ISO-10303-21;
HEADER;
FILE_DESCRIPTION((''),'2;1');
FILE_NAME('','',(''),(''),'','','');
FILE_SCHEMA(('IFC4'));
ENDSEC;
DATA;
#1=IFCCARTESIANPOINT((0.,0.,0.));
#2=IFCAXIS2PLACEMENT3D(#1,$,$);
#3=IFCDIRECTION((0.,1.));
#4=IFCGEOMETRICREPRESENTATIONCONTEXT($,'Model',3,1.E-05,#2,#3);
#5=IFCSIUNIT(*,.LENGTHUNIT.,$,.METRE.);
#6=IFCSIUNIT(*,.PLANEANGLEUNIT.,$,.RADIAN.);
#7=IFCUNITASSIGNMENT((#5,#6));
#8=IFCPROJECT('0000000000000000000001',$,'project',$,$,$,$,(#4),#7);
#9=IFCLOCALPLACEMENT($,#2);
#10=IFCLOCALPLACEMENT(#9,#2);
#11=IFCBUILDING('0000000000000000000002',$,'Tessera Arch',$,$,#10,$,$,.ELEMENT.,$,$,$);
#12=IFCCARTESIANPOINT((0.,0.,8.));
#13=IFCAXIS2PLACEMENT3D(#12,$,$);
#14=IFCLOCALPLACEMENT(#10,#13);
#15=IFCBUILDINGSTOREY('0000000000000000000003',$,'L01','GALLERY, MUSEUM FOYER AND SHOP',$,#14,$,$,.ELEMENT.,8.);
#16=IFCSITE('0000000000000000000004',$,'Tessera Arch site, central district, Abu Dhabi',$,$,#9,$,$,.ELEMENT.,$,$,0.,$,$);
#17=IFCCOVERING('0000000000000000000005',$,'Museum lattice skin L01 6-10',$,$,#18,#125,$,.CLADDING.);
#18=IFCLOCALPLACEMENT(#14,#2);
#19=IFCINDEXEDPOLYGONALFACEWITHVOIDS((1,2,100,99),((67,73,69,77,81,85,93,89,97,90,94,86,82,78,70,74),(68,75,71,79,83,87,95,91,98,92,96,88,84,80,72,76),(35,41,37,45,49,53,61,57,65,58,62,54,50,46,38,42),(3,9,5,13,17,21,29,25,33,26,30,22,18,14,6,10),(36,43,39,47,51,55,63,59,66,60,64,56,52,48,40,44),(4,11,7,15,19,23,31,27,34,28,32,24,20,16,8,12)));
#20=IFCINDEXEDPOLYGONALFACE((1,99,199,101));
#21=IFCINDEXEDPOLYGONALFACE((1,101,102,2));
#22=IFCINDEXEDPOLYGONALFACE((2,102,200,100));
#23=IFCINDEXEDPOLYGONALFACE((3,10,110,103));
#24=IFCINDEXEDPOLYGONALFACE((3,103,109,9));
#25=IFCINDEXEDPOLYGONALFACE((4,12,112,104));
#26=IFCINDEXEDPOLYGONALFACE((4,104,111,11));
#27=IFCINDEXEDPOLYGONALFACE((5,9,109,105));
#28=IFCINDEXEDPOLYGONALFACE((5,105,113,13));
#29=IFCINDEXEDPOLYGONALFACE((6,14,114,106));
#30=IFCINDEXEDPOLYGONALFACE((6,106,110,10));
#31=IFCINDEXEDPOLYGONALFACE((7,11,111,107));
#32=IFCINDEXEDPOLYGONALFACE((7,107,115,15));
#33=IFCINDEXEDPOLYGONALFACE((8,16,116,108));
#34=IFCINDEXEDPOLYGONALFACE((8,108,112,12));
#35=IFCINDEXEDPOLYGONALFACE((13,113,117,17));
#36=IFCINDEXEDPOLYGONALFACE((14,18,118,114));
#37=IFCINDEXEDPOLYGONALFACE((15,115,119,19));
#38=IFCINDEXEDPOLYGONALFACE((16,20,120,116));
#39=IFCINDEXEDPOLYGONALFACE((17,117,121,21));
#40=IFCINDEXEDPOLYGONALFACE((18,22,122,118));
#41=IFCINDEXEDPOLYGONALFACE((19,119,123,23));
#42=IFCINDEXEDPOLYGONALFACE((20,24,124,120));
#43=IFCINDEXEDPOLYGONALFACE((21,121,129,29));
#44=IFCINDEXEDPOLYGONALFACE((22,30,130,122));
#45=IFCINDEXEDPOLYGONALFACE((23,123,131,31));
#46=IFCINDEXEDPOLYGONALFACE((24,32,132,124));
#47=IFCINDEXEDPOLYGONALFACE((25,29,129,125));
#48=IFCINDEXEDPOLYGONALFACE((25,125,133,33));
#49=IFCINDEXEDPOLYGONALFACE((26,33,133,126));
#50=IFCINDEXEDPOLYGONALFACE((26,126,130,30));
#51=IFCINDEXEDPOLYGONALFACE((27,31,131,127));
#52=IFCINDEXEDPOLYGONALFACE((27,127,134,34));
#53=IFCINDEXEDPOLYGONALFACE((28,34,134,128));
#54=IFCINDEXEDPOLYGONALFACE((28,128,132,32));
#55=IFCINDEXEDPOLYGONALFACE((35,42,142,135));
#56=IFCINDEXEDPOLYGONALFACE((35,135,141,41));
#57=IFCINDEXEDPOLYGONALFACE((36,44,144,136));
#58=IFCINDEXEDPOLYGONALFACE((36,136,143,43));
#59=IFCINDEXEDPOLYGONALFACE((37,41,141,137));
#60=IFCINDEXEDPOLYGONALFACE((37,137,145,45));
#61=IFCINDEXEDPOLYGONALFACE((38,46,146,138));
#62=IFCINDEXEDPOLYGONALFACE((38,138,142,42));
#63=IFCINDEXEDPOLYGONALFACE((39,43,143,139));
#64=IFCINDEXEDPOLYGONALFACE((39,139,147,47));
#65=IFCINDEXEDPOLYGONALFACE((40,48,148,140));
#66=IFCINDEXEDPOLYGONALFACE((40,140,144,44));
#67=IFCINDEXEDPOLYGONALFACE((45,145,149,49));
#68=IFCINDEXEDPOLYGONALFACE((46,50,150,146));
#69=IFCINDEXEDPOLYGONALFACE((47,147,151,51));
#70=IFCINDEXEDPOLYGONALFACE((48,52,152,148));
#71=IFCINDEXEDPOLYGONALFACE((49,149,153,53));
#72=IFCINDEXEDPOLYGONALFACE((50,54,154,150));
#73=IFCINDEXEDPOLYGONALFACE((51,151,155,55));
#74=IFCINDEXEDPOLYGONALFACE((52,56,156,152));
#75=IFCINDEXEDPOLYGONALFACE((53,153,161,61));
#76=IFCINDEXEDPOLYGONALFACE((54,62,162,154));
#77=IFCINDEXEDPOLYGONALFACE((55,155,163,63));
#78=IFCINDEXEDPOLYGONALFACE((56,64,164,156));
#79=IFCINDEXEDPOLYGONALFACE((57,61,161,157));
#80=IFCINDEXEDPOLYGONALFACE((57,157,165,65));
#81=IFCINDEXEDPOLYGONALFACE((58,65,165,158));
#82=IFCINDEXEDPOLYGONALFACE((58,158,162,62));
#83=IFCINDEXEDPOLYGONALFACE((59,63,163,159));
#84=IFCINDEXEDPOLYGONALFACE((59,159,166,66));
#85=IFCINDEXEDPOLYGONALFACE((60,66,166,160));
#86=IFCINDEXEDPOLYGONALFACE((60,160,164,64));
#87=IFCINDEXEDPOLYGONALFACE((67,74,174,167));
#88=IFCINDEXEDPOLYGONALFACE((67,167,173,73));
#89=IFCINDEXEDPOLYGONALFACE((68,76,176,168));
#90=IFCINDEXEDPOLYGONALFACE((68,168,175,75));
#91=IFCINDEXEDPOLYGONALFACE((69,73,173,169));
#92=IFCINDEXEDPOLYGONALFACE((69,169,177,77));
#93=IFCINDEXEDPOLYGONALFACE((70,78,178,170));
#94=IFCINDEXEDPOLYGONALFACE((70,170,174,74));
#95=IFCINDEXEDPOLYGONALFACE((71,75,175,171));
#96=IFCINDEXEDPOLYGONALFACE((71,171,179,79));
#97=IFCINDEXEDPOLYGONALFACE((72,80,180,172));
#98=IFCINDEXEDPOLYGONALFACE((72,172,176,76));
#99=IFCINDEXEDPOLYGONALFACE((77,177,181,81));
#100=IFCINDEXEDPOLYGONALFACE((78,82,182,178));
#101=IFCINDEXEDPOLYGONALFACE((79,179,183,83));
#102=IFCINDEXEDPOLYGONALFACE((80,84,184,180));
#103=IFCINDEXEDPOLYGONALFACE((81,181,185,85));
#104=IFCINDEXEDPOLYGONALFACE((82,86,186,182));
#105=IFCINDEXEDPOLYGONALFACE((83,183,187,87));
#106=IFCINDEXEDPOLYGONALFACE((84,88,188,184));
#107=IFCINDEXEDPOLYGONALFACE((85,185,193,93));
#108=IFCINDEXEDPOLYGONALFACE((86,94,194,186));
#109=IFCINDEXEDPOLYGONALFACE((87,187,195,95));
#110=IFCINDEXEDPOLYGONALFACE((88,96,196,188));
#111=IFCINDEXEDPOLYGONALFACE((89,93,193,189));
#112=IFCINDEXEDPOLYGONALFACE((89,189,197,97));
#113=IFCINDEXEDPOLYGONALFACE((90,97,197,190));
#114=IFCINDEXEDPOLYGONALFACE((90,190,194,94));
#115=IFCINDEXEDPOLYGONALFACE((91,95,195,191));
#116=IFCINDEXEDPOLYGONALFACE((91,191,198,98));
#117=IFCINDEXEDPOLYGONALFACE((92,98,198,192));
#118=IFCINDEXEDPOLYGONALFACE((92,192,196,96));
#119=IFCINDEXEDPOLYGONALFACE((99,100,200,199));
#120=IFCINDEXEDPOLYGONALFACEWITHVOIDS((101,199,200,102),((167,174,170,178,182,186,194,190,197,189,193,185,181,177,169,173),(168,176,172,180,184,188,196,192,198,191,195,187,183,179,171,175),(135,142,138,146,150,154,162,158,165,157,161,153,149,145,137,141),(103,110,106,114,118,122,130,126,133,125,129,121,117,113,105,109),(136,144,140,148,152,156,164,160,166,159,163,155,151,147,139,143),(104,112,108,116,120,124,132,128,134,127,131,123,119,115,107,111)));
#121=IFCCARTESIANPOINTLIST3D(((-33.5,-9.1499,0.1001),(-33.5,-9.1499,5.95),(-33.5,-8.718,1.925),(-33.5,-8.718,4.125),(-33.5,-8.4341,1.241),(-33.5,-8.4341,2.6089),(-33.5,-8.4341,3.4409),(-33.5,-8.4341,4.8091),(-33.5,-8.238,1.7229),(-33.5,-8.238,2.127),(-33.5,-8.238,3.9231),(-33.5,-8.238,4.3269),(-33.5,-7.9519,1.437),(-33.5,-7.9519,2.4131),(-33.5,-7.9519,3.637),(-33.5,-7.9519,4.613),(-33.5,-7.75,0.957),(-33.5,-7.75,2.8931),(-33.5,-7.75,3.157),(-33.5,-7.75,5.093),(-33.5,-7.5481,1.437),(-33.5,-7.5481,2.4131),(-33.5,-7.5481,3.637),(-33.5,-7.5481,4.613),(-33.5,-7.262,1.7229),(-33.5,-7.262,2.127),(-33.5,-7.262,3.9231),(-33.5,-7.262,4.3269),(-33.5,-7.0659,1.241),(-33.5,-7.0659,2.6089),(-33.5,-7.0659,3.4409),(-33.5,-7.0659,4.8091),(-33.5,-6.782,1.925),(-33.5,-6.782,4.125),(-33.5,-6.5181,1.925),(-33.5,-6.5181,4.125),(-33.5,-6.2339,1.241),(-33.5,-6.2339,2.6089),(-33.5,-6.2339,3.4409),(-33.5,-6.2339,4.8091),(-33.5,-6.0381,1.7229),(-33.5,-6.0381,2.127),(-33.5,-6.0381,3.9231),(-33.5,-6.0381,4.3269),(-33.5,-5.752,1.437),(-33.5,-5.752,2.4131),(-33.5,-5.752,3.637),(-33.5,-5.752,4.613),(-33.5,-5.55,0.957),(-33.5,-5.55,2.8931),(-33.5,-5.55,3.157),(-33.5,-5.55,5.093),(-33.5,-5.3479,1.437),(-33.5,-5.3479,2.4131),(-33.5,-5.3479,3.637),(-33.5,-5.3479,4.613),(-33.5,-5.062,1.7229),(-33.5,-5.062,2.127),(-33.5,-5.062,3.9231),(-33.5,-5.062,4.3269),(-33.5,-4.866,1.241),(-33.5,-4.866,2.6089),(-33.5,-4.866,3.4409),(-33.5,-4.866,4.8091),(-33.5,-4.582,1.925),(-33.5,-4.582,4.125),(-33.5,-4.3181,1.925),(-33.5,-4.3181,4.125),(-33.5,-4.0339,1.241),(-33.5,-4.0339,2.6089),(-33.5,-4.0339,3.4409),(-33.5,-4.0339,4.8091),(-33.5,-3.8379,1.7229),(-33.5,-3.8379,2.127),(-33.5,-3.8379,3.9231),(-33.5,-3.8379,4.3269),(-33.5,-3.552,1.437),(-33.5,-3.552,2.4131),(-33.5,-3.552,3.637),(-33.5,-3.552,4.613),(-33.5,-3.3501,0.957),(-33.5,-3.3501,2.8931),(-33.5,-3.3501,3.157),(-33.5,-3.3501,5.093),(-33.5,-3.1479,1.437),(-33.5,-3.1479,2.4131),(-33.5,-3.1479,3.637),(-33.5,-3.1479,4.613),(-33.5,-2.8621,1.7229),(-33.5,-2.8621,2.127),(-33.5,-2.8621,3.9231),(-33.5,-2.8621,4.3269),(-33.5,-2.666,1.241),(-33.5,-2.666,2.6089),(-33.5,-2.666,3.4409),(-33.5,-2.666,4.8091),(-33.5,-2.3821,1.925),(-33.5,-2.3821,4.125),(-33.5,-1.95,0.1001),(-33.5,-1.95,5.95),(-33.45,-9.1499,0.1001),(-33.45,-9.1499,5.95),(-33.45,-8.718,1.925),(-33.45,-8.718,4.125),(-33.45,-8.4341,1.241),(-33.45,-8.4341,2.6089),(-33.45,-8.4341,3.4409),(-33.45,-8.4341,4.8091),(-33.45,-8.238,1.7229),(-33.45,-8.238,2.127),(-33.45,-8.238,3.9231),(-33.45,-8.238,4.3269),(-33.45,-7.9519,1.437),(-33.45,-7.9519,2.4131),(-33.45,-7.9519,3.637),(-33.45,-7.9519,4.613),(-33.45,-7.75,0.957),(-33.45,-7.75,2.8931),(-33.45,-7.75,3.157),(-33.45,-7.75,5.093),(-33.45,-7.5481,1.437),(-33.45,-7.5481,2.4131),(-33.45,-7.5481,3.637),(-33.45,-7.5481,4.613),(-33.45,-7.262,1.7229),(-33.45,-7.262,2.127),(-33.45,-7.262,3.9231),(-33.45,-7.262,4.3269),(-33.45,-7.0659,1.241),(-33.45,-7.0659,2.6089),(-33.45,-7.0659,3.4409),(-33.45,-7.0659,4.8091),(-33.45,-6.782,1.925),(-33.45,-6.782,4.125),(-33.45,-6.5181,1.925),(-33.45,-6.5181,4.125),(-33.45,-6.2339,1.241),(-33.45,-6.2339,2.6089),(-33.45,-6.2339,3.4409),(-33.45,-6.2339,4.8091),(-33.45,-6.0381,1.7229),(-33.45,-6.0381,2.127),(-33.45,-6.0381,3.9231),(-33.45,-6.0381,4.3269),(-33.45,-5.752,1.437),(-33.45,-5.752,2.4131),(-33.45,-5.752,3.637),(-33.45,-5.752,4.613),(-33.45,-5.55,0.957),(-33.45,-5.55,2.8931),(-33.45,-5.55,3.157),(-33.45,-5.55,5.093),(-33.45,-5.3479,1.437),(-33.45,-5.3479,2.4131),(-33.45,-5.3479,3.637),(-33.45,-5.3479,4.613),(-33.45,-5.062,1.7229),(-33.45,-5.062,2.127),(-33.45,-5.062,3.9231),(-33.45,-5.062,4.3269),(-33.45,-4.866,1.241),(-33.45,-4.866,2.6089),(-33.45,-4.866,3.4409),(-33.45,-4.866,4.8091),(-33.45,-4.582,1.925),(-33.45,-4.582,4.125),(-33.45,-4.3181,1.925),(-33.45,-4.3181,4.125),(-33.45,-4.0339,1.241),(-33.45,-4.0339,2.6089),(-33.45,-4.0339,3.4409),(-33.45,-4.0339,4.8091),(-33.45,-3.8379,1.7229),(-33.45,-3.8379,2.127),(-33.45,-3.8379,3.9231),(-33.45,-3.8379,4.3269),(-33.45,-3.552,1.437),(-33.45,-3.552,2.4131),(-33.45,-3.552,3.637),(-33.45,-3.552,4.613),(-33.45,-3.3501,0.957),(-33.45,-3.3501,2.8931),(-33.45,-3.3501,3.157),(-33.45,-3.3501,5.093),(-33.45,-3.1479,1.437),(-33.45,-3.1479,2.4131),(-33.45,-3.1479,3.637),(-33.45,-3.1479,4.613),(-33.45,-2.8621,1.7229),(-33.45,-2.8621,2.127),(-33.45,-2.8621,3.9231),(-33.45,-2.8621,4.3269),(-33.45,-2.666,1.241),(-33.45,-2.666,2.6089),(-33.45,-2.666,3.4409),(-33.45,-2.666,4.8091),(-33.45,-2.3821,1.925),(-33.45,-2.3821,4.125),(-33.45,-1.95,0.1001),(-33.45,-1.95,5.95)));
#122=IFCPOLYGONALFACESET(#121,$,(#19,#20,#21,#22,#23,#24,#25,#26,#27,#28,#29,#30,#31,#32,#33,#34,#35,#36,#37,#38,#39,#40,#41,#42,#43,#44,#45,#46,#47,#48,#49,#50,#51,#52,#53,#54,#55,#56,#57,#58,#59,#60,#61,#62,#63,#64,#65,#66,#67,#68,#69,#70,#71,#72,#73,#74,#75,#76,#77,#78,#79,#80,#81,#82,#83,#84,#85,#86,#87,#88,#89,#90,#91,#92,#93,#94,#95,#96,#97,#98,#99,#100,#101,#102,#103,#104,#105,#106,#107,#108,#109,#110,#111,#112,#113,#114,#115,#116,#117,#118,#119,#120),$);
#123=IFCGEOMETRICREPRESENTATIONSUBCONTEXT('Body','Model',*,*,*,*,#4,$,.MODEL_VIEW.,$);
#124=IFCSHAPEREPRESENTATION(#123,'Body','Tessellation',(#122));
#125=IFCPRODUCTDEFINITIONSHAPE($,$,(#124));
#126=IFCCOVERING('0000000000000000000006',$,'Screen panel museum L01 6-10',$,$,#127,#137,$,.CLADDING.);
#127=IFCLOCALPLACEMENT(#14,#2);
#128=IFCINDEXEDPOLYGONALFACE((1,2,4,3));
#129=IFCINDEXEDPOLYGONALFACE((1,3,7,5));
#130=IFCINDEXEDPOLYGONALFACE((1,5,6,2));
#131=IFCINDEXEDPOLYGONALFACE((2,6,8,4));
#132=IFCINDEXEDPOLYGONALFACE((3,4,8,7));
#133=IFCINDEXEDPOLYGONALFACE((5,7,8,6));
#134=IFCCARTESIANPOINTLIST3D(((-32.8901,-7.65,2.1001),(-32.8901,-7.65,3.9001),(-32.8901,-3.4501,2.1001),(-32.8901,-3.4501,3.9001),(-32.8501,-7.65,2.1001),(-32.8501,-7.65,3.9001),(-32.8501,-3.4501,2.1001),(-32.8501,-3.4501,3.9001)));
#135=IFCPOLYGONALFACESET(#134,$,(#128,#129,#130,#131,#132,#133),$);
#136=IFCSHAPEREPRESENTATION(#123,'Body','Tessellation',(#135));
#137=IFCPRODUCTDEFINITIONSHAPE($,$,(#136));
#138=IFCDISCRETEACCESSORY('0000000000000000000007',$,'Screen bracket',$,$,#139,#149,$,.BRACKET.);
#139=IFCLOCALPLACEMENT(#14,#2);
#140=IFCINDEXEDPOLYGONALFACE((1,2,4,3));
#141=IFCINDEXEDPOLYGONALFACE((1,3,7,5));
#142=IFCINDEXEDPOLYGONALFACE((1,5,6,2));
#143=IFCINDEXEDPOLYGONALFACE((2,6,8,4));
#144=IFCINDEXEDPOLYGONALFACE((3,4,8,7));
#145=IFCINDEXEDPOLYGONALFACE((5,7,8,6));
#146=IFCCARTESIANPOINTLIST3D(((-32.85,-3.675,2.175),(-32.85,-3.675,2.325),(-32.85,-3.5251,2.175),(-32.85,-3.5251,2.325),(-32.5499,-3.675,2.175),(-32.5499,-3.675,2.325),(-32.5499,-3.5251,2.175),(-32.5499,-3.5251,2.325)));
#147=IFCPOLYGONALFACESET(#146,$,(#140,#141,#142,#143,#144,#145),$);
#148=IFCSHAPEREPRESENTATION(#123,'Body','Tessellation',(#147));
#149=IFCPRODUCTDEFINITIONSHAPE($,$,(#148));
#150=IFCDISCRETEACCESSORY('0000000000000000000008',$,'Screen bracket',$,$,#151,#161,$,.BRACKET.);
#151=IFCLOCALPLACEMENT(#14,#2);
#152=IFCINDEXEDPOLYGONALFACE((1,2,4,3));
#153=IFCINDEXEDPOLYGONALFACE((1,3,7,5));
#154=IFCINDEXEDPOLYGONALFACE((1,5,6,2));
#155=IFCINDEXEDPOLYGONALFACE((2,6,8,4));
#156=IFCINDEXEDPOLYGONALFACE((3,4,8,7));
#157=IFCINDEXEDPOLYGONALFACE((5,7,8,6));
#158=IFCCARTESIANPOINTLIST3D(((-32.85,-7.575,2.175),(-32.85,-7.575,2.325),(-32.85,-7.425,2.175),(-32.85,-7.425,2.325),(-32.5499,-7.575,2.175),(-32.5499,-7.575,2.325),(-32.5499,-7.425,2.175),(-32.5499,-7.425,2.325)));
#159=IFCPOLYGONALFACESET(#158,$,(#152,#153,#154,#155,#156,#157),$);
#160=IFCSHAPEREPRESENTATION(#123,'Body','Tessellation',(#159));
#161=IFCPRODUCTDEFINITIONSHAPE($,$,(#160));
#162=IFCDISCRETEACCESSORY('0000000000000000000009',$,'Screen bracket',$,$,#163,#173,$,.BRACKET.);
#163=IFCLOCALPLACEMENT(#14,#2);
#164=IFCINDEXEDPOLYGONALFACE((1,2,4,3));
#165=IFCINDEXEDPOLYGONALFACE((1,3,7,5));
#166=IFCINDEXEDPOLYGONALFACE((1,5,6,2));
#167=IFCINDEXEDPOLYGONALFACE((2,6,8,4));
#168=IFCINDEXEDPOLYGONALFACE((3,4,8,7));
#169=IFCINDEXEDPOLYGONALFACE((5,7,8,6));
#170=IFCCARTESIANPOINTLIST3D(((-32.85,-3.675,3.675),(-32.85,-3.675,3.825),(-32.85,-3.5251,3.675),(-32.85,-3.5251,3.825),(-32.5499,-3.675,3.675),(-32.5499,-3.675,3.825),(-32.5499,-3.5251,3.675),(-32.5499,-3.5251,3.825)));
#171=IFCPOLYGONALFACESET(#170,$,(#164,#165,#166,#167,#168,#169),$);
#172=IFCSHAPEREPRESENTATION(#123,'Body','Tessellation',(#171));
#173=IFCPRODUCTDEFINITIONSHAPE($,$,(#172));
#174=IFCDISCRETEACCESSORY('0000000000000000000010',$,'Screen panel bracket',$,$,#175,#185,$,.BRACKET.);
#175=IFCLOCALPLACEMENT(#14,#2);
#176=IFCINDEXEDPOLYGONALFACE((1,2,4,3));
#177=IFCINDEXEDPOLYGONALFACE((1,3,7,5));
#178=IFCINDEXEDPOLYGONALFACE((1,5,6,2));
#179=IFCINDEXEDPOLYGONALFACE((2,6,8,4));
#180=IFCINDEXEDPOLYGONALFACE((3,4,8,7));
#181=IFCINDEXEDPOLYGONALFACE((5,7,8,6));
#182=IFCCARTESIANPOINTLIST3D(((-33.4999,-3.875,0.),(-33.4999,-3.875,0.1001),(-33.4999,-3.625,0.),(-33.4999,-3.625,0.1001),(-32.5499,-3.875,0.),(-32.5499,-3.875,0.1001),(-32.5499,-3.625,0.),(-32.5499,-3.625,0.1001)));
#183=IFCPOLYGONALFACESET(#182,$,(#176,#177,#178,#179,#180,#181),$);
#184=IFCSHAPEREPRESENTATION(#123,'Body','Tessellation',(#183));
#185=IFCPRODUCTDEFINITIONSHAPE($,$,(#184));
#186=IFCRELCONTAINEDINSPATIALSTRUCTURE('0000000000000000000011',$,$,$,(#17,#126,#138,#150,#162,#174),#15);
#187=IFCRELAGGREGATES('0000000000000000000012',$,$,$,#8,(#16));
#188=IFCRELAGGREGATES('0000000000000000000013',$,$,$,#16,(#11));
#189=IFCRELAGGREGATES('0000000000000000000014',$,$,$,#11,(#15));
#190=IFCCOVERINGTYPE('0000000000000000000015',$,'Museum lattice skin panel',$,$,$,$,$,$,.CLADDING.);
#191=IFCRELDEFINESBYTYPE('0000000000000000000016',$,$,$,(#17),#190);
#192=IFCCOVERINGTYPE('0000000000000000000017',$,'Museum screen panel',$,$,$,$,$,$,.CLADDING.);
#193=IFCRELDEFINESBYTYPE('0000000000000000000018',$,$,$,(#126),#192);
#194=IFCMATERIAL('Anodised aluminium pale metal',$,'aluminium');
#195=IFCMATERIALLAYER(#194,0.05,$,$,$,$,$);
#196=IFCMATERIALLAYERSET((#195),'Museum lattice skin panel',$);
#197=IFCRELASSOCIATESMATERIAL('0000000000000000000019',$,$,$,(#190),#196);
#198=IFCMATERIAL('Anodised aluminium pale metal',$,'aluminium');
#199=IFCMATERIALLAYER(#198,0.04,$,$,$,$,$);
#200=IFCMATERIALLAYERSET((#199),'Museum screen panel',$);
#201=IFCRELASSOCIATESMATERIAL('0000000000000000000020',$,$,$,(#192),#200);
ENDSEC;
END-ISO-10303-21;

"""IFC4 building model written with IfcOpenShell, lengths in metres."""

from ifc_helpers import new_model, si_unit, direction, frame, origin, origin_2d, place, context, subcontext, project, spatial, polyline, rectangle, outline, extrude, material, layer, layer_set, type_object, element, save


model = new_model("IFC4")

# Units and contexts
model_context = context("Model", 3, precision=1e-05, world=origin(), true_north=direction((0.0, 1.0)))
body_context = subcontext(model_context, "Body", "Model", "MODEL_VIEW")
ifc_project = project(units=[si_unit("LENGTHUNIT", "METRE"), si_unit("PLANEANGLEUNIT", "RADIAN")], contexts=[model_context])

# Site, building, storey
site_placement = place(None, origin())
site = spatial("IfcSite", under=ifc_project, at=site_placement, Name="Tessera Arch site, central district, Abu Dhabi", CompositionType="ELEMENT", RefElevation=0.0)
building_placement = place(site_placement, origin())
building = spatial("IfcBuilding", under=site, at=building_placement, Name="Tessera Arch", CompositionType="ELEMENT")
storey_placement = place(building_placement, frame((0.0, 0.0, 8.0)))
storey = spatial("IfcBuildingStorey", under=building, at=storey_placement, Name="L01", Description="GALLERY, MUSEUM FOYER AND SHOP", CompositionType="ELEMENT", Elevation=8.0)

# Coverings
ifc_material_1 = material(Name="Anodised aluminium pale metal", Category="aluminium")
ifc_layer_1 = layer(ifc_material_1, 0.05)
ifc_layer_set_1 = layer_set([ifc_layer_1], Name="Museum lattice skin panel")
covering_type_1 = type_object("IfcCoveringType", Name="Museum lattice skin panel", PredefinedType="CLADDING", material=ifc_layer_set_1)
covering_1_placement = place(storey_placement, frame((-33.45, -1.95, 5.95), z_axis=(1.0, 0.0, 0.0), x_axis=(0.0, -1.0, 0.0)))
element("IfcCovering", 1, at=covering_1_placement, inside=storey, type_object=covering_type_1, Name="Museum lattice skin L01 6-10", PredefinedType="CLADDING", context=body_context, shape_type="SweptSolid", body=[
    extrude(outline(polyline([(0.0, 0.0), (7.2, 0.0), (7.2, 5.8499), (0.0, 5.8499), (0.0, 0.0)]), holes=[polyline([(2.3682, 4.0249), (1.8879, 3.823), (2.084, 3.3411), (1.6021, 3.5369), (1.4001, 3.0569), (1.198, 3.5369), (0.7161, 3.3411), (0.9121, 3.823), (0.4321, 4.0249), (0.9121, 4.2271), (0.7161, 4.709), (1.198, 4.5129), (1.4001, 4.9929), (1.6021, 4.5129), (2.084, 4.709), (1.8879, 4.2271), (2.3682, 4.0249)]), polyline([(2.3682, 1.825), (1.8879, 1.623), (2.084, 1.1409), (1.6021, 1.3369), (1.4001, 0.8569), (1.198, 1.3369), (0.7161, 1.1409), (0.9121, 1.623), (0.4321, 1.825), (0.9121, 2.0269), (0.7161, 2.509), (1.198, 2.313), (1.4001, 2.793), (1.6021, 2.313), (2.084, 2.509), (1.8879, 2.0269), (2.3682, 1.825)]), polyline([(4.5681, 4.0249), (4.0881, 3.823), (4.2839, 3.3411), (3.802, 3.5369), (3.6001, 3.0569), (3.3979, 3.5369), (2.916, 3.3411), (3.1121, 3.823), (2.6321, 4.0249), (3.1121, 4.2271), (2.916, 4.709), (3.3979, 4.5129), (3.6001, 4.9929), (3.802, 4.5129), (4.2839, 4.709), (4.0881, 4.2271), (4.5681, 4.0249)]), polyline([(4.5681, 1.825), (4.0881, 1.623), (4.2839, 1.1409), (3.802, 1.3369), (3.6001, 0.8569), (3.3979, 1.3369), (2.916, 1.1409), (3.1121, 1.623), (2.6321, 1.825), (3.1121, 2.0269), (2.916, 2.509), (3.3979, 2.313), (3.6001, 2.793), (3.802, 2.313), (4.2839, 2.509), (4.0881, 2.0269), (4.5681, 1.825)]), polyline([(6.7681, 4.0249), (6.2881, 3.823), (6.4841, 3.3411), (6.002, 3.5369), (5.8, 3.0569), (5.5981, 3.5369), (5.116, 3.3411), (5.312, 3.823), (4.832, 4.0249), (5.312, 4.2271), (5.116, 4.709), (5.5981, 4.5129), (5.8, 4.9929), (6.002, 4.5129), (6.4841, 4.709), (6.2881, 4.2271), (6.7681, 4.0249)]), polyline([(6.7681, 1.825), (6.2881, 1.623), (6.4841, 1.1409), (6.002, 1.3369), (5.8, 0.8569), (5.5981, 1.3369), (5.116, 1.1409), (5.312, 1.623), (4.832, 1.825), (5.312, 2.0269), (5.116, 2.509), (5.5981, 2.313), (5.8, 2.793), (6.002, 2.313), (6.4841, 2.509), (6.2881, 2.0269), (6.7681, 1.825)])]), origin(), (0.0, 0.0, -1.0), 0.05),
])
ifc_material_2 = material(Name="Anodised aluminium pale metal", Category="aluminium")
ifc_layer_2 = layer(ifc_material_2, 0.04)
ifc_layer_set_2 = layer_set([ifc_layer_2], Name="Museum screen panel")
covering_type_2 = type_object("IfcCoveringType", Name="Museum screen panel", PredefinedType="CLADDING", material=ifc_layer_set_2)
covering_2_placement = place(storey_placement, frame((-32.8701, -5.55, 2.1001), z_axis=(0.0, 0.0, 1.0), x_axis=(0.0, -1.0, 0.0)))
element("IfcCovering", 2, at=covering_2_placement, inside=storey, type_object=covering_type_2, Name="Screen panel museum L01 6-10", PredefinedType="CLADDING", context=body_context, shape_type="SweptSolid", body=[
    extrude(rectangle(XDim=4.2, YDim=0.04, at=origin_2d()), origin(), (0.0, 0.0, 1.0), 1.8),
])

# Discrete accessories
for number, where, z_axis, x_axis, name in (
    (3, (-32.7, -3.6001, 2.175), (0.0, 0.0, 1.0), (-1.0, 0.0, 0.0), "Screen bracket"),
    (4, (-32.7, -7.5, 2.175), (0.0, 0.0, 1.0), (-1.0, 0.0, 0.0), "Screen bracket"),
    (5, (-32.7, -3.6001, 3.675), (0.0, 0.0, 1.0), (-1.0, 0.0, 0.0), "Screen bracket"),
):
    element("IfcDiscreteAccessory", number, at=place(storey_placement, frame(where, z_axis=z_axis, x_axis=x_axis)), inside=storey, Name=name, PredefinedType="BRACKET", context=body_context, shape_type="SweptSolid", body=[
        extrude(rectangle(XDim=0.3, YDim=0.1499, at=origin_2d()), origin(), (0.0, 0.0, 1.0), 0.1499),
    ])
for number, where, z_axis, x_axis, name in (
    (6, (-33.0249, -3.75, 0.0), (0.0, 0.0, 1.0), (-1.0, 0.0, 0.0), "Screen panel bracket"),
):
    element("IfcDiscreteAccessory", number, at=place(storey_placement, frame(where, z_axis=z_axis, x_axis=x_axis)), inside=storey, Name=name, PredefinedType="BRACKET", context=body_context, shape_type="SweptSolid", body=[
        extrude(rectangle(XDim=0.95, YDim=0.25, at=origin_2d()), origin(), (0.0, 0.0, 1.0), 0.1001),
    ])

save(model, "model.ifc")
